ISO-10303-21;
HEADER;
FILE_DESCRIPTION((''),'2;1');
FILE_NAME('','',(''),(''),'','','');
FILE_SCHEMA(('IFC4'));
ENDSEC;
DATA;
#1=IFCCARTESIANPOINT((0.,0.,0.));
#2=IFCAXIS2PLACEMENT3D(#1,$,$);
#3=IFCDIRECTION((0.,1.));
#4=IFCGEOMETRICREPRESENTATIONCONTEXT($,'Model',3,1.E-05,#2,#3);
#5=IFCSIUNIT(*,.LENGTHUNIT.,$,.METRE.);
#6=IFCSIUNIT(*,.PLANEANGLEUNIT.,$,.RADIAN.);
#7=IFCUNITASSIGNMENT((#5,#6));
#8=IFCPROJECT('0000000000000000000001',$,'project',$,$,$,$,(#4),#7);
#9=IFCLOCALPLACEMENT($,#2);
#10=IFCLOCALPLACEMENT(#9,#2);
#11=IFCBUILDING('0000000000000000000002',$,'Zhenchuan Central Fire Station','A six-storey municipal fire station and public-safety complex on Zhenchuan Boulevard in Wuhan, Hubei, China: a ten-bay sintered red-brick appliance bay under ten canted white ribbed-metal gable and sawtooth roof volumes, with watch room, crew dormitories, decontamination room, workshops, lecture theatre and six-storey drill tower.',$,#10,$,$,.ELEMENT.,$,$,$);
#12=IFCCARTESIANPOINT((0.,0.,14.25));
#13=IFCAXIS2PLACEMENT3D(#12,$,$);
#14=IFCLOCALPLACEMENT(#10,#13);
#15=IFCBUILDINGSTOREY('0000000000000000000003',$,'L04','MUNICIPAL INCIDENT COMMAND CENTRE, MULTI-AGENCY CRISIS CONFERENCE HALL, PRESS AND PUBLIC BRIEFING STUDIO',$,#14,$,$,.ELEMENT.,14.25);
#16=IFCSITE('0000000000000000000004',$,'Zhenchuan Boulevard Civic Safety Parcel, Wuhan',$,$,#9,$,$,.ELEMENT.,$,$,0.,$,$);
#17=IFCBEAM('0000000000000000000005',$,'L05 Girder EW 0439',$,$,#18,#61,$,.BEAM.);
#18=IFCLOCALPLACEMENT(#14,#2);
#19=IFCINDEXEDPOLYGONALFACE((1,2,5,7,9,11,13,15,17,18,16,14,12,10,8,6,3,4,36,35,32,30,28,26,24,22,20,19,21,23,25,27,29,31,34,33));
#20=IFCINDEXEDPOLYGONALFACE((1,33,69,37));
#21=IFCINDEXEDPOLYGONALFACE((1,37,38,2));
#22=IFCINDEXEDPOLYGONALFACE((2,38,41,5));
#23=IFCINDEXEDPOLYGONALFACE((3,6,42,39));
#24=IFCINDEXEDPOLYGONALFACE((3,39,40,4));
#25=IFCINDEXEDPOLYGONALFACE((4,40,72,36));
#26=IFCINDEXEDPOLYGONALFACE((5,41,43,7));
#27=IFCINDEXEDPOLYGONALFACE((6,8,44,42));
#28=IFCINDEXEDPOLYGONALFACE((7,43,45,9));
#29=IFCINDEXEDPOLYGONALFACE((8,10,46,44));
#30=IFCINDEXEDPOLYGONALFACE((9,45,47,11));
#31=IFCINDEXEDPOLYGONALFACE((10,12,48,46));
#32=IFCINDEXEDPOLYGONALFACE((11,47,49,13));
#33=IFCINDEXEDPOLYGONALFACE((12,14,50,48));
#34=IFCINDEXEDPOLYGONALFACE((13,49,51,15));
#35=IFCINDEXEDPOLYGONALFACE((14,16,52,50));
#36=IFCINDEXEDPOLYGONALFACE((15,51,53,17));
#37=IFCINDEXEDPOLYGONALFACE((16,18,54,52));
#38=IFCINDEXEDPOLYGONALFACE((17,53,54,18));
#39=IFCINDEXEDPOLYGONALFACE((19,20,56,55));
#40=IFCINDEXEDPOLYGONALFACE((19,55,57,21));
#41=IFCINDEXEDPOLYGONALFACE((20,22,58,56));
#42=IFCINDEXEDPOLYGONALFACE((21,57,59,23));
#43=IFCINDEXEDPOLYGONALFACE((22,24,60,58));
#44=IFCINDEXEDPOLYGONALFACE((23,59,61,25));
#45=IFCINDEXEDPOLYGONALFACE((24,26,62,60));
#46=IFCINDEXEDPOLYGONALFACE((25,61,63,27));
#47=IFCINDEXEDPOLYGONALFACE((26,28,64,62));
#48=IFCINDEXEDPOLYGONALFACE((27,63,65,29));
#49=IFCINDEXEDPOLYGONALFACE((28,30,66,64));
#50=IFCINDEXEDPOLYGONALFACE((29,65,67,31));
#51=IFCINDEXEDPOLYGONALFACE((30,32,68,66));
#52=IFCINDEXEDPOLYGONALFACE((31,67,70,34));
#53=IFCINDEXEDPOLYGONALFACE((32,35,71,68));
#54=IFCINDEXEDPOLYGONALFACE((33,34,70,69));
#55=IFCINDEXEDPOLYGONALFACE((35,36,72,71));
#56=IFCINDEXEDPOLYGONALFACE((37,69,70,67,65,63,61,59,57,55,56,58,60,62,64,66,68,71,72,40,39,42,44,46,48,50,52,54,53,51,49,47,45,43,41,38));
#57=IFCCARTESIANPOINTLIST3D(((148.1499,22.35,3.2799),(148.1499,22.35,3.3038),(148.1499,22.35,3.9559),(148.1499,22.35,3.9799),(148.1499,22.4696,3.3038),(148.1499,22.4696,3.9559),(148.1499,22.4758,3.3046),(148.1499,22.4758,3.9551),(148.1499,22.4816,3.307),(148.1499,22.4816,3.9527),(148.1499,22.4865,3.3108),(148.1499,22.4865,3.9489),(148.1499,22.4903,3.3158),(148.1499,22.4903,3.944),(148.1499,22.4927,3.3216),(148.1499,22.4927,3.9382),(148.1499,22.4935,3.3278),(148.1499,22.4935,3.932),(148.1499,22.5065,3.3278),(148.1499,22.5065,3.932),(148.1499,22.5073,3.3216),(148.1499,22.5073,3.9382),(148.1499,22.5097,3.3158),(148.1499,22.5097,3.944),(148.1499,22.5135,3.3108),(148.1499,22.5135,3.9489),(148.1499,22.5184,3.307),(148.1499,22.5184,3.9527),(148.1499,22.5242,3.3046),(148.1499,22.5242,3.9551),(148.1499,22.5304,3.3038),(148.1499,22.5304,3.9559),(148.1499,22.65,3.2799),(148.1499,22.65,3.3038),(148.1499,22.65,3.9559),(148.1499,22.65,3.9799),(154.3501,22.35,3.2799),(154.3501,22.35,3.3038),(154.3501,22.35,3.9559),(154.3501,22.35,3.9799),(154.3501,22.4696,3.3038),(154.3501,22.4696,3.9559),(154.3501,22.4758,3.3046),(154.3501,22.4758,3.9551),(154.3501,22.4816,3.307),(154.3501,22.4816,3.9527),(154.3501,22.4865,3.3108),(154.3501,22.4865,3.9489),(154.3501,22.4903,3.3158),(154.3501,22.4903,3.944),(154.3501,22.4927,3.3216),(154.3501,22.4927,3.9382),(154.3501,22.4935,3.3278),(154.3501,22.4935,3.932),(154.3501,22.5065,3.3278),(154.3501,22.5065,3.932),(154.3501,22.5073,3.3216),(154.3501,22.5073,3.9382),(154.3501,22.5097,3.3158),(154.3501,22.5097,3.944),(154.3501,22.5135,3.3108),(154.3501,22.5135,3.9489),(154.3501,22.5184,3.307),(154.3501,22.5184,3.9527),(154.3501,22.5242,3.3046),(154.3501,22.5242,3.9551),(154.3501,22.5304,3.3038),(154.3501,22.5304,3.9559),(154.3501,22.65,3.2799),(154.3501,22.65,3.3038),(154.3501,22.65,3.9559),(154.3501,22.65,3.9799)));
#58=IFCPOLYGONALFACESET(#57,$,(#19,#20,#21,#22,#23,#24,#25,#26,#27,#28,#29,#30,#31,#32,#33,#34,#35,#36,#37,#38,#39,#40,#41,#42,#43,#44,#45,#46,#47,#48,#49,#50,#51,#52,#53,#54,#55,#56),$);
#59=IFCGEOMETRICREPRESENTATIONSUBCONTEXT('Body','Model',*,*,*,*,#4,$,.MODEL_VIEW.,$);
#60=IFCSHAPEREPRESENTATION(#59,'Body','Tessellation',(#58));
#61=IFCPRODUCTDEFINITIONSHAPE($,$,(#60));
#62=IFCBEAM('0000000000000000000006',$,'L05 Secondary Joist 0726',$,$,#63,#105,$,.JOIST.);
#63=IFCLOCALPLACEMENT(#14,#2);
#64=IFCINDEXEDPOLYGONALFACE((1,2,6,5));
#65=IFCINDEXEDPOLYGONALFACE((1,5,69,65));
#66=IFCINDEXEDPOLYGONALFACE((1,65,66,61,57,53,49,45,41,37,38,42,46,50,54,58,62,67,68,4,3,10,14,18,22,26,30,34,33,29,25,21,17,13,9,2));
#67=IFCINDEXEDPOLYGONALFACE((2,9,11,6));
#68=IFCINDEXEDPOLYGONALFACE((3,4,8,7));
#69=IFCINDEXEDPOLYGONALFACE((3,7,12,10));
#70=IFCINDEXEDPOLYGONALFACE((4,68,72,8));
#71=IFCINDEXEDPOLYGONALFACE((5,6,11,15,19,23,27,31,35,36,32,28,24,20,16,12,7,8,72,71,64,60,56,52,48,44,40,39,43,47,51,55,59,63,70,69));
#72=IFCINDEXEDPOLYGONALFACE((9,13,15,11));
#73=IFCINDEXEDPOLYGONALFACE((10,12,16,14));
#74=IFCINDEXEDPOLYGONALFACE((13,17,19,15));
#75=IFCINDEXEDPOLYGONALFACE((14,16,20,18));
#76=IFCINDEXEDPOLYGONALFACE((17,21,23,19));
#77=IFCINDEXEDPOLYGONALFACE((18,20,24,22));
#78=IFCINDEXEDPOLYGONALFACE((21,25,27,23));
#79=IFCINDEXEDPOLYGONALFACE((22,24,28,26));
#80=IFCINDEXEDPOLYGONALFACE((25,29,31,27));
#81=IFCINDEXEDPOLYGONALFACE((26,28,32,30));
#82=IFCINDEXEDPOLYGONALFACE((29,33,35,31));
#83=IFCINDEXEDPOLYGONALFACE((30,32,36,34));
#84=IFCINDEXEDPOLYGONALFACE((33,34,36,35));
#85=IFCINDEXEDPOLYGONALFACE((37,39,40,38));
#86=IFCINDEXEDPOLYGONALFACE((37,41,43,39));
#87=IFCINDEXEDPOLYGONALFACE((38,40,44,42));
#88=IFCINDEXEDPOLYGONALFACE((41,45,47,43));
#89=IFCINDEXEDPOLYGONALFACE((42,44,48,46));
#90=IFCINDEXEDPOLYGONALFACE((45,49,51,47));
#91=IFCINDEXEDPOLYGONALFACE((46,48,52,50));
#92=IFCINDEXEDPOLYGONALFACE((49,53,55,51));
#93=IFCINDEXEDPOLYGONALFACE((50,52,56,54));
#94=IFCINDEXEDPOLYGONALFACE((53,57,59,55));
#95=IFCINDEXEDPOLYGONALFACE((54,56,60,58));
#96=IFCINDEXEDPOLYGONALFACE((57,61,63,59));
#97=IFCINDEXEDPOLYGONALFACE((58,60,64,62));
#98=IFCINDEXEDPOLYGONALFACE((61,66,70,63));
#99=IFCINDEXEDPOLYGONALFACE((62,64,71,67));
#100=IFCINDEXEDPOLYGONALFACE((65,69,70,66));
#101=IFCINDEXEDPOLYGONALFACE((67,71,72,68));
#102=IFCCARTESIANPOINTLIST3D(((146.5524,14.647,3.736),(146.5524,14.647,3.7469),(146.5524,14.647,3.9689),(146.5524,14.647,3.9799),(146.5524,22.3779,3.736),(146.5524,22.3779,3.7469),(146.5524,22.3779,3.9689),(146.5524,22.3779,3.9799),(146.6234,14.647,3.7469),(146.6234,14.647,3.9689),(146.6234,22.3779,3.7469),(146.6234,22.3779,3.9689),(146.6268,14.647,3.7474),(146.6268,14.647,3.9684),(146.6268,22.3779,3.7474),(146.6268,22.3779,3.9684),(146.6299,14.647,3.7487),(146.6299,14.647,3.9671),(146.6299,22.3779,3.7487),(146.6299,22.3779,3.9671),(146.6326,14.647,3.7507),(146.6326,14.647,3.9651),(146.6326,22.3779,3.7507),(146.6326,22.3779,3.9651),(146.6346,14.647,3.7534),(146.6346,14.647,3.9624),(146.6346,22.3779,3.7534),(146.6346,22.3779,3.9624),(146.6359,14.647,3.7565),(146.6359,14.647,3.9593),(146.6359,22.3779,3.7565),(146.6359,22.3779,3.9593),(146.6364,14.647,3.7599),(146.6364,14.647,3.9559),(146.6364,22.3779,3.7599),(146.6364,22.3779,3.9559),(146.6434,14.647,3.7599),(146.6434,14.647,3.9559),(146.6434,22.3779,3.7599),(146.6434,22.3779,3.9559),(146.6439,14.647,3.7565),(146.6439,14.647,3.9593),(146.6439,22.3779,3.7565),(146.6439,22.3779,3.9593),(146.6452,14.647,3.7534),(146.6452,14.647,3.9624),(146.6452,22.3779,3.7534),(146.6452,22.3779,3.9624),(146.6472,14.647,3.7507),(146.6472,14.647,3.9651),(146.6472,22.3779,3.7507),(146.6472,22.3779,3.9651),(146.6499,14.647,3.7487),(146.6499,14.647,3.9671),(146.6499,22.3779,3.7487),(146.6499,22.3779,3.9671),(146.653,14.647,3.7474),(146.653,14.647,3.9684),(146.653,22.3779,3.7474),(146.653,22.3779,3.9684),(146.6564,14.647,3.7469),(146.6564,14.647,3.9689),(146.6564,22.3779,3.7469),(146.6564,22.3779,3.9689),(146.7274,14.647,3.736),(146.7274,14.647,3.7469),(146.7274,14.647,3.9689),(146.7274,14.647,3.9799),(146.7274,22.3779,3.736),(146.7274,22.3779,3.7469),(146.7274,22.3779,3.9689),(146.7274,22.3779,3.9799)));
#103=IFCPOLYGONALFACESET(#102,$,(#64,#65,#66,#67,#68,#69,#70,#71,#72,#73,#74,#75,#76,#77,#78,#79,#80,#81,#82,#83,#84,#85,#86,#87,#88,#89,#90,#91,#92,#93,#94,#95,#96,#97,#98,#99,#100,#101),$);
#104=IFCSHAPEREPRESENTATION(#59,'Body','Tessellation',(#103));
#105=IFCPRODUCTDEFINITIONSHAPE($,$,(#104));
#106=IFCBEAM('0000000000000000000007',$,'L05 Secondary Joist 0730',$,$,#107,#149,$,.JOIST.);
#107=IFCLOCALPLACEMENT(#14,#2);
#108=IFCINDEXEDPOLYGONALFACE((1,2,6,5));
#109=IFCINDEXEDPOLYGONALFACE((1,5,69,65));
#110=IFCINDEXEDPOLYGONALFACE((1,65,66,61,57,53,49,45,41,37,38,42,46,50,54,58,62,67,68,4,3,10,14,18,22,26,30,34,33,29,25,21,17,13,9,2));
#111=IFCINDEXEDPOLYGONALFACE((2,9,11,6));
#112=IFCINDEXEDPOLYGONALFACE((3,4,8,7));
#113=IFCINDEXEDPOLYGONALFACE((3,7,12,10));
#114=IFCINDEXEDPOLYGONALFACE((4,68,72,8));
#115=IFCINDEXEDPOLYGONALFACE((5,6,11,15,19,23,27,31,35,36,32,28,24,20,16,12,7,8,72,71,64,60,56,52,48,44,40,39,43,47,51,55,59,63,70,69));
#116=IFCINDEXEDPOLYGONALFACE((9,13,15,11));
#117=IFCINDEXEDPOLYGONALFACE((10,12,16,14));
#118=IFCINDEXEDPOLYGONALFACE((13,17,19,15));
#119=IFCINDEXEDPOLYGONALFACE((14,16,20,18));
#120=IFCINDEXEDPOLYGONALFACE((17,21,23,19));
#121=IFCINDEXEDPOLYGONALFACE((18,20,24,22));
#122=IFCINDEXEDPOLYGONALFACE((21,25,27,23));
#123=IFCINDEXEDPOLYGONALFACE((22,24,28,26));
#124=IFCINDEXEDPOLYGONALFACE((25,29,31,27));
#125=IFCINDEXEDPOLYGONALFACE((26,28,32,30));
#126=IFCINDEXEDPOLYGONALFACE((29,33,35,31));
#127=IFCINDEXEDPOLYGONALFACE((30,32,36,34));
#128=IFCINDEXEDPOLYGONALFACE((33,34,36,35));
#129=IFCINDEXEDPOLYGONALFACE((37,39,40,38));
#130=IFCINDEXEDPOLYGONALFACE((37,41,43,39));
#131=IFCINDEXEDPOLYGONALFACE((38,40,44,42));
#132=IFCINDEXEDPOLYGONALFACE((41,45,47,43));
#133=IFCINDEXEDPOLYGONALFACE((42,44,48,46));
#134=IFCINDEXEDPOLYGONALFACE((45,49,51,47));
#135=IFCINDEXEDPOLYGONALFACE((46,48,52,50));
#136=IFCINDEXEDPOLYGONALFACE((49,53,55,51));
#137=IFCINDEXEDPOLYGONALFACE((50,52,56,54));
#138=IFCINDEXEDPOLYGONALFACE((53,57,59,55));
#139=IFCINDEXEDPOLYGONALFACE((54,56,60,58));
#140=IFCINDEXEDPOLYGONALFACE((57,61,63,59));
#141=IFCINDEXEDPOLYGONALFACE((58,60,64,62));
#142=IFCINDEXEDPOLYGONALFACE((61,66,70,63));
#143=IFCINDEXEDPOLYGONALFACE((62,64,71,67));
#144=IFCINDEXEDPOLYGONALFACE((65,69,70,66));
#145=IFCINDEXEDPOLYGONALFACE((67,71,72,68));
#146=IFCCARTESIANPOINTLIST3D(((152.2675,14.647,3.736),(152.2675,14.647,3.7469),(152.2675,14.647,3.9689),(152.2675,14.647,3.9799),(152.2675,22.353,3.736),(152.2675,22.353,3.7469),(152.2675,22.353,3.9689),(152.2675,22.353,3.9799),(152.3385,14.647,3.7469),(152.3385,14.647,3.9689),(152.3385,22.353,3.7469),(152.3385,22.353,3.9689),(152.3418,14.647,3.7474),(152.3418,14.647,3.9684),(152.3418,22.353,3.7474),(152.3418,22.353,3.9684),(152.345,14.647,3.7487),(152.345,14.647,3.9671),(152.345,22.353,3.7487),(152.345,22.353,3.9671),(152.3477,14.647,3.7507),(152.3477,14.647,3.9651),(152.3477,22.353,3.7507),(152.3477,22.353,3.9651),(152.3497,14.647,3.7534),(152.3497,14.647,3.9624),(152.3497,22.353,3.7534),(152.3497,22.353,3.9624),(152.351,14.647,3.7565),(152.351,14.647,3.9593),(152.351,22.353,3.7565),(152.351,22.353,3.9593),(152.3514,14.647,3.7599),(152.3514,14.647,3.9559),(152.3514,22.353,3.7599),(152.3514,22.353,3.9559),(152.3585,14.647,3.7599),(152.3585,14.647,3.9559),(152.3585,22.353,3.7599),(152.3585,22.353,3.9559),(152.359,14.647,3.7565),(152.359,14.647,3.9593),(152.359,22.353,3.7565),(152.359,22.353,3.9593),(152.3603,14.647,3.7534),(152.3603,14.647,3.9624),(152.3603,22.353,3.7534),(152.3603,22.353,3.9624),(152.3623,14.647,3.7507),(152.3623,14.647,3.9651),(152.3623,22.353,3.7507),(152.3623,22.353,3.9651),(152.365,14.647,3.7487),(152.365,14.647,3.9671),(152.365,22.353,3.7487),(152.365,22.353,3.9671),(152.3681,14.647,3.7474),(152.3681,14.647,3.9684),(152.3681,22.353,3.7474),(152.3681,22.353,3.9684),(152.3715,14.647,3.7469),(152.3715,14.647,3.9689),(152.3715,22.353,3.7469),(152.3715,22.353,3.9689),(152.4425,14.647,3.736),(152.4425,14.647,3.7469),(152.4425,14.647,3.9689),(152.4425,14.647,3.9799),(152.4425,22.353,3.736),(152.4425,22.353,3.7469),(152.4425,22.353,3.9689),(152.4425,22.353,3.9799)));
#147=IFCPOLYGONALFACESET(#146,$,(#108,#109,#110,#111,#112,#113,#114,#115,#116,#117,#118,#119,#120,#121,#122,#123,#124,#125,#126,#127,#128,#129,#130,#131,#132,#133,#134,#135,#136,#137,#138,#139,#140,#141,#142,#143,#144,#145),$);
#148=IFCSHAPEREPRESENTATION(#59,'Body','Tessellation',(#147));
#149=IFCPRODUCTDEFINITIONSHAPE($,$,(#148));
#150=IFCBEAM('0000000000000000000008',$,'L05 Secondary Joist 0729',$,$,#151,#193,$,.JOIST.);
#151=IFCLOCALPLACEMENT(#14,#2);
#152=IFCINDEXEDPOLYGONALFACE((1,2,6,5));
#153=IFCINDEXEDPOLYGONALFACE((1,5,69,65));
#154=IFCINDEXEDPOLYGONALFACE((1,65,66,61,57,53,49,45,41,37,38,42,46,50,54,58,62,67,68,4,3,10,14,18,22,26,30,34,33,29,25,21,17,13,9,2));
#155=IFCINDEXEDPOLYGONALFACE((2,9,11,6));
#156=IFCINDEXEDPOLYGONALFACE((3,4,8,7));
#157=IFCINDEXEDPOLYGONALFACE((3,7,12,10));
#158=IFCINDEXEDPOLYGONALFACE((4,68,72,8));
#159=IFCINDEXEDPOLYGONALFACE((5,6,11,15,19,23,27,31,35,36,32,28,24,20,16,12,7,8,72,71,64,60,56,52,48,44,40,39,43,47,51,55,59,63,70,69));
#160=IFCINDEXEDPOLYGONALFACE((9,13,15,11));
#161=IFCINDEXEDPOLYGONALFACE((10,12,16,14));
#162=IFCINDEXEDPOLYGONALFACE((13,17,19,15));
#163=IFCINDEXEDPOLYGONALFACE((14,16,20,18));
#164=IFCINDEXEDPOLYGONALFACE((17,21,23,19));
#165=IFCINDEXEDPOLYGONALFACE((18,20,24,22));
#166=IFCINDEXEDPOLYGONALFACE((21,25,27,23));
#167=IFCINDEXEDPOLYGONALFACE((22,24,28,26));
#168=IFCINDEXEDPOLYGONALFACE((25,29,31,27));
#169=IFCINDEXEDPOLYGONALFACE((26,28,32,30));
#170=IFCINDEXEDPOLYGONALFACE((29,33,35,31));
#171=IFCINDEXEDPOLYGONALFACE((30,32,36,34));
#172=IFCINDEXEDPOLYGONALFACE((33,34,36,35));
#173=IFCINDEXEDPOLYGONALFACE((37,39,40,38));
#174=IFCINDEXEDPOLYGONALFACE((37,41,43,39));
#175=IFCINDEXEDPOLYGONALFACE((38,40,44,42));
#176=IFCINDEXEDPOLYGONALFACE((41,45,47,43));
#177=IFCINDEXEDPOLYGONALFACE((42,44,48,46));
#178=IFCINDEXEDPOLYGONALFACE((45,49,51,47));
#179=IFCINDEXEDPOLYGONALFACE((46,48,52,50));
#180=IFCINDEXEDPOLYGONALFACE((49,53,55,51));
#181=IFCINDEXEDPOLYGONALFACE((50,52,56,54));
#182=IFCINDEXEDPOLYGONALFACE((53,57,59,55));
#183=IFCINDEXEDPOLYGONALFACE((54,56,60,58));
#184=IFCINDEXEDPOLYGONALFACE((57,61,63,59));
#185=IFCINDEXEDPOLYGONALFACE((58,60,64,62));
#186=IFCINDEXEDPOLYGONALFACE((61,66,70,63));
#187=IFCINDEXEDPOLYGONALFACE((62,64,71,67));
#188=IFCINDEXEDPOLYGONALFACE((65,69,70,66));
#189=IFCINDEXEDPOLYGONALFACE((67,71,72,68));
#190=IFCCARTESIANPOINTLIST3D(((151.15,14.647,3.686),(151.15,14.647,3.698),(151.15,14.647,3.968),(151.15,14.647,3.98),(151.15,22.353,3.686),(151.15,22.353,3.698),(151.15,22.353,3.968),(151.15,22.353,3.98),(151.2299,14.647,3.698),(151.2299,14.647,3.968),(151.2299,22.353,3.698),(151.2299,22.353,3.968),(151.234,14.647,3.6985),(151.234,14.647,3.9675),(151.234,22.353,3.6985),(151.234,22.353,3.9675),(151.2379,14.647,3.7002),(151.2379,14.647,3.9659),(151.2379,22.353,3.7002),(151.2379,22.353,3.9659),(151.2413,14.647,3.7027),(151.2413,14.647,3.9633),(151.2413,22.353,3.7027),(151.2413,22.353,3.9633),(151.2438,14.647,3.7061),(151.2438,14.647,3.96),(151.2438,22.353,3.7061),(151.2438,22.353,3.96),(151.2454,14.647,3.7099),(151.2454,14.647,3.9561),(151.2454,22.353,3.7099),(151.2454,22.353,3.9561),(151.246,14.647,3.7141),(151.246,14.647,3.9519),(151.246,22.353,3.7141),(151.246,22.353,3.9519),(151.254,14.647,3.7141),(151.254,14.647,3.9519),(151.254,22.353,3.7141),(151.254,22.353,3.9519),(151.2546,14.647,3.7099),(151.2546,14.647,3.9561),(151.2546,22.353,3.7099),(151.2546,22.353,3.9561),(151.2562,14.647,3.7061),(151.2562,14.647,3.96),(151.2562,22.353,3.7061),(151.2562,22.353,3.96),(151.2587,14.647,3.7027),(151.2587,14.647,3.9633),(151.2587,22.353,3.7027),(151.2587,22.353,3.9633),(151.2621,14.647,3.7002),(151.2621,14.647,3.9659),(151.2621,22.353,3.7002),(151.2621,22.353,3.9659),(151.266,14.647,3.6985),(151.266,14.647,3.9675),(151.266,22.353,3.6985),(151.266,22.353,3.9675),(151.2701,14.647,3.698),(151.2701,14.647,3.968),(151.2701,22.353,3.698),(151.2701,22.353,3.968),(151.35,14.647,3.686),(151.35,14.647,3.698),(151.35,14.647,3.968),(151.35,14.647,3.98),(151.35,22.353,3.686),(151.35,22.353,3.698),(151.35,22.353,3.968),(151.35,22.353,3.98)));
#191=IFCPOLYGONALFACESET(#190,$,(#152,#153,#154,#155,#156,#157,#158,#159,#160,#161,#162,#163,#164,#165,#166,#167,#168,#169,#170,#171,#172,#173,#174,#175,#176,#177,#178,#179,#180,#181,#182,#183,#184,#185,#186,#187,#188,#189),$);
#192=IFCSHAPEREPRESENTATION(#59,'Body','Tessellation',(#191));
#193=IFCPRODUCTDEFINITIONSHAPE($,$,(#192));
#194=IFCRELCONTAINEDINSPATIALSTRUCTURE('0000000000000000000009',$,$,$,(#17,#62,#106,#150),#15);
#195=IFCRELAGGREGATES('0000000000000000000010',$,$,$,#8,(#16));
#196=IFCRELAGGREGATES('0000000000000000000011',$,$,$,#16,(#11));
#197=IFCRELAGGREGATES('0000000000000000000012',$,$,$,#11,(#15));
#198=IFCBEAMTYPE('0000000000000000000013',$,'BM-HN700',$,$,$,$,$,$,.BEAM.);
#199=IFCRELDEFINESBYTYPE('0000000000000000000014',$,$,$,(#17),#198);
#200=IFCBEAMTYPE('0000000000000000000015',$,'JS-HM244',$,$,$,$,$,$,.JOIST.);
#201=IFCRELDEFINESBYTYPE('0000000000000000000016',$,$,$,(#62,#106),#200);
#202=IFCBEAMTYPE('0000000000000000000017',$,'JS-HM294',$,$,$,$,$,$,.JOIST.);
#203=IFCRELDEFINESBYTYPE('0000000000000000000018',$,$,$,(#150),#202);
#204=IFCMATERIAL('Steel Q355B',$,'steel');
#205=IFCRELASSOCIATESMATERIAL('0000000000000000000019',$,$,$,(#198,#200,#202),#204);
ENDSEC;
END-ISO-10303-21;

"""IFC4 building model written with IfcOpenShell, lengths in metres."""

from ifc_helpers import new_model, si_unit, direction, frame, origin, origin_2d, place, context, subcontext, project, spatial, i_section, extrude, material, material_profile, profile_set, type_object, element, save


model = new_model("IFC4")

# Units and contexts
model_context = context("Model", 3, precision=1e-05, world=origin(), true_north=direction((0.0, 1.0)))
body_context = subcontext(model_context, "Body", "Model", "MODEL_VIEW")
ifc_project = project(units=[si_unit("LENGTHUNIT", "METRE"), si_unit("PLANEANGLEUNIT", "RADIAN")], contexts=[model_context])

# Site, building, storey
site_placement = place(None, origin())
site = spatial("IfcSite", under=ifc_project, at=site_placement, Name="Zhenchuan Boulevard Civic Safety Parcel, Wuhan", CompositionType="ELEMENT", RefElevation=0.0)
building_placement = place(site_placement, origin())
building = spatial("IfcBuilding", under=site, at=building_placement, Name="Zhenchuan Central Fire Station", Description="A six-storey municipal fire station and public-safety complex on Zhenchuan Boulevard in Wuhan, Hubei, China: a ten-bay sintered red-brick appliance bay under ten canted white ribbed-metal gable and sawtooth roof volumes, with watch room, crew dormitories, decontamination room, workshops, lecture theatre and six-storey drill tower.", CompositionType="ELEMENT")
storey_placement = place(building_placement, frame((0.0, 0.0, 14.25)))
storey = spatial("IfcBuildingStorey", under=building, at=storey_placement, Name="L04", Description="MUNICIPAL INCIDENT COMMAND CENTRE, MULTI-AGENCY CRISIS CONFERENCE HALL, PRESS AND PUBLIC BRIEFING STUDIO", CompositionType="ELEMENT", Elevation=14.25)

# Shared definitions
ifc_material_1 = material(Name="Steel Q355B", Category="steel")

# Beams
ifc_material_profile_1 = material_profile(ifc_material_1, i_section(OverallWidth=0.3, OverallDepth=0.7, WebThickness=0.0129, FlangeThickness=0.0239, FilletRadius=0.0239, at=origin_2d()), Name="HN 700x300")
ifc_profile_set_1 = profile_set([ifc_material_profile_1], Name="Steel Q355B")
beam_type_1 = type_object("IfcBeamType", Name="BM-HN700", PredefinedType="BEAM", material=ifc_profile_set_1)
beam_1_placement = place(storey_placement, frame((148.1499, 22.5, 3.6299), z_axis=(1.0, 0.0, 0.0), x_axis=(0.0, 1.0, 0.0)))
element("IfcBeam", 1, at=beam_1_placement, inside=storey, type_object=beam_type_1, Name="L05 Girder EW 0439", PredefinedType="BEAM", context=body_context, shape_type="SweptSolid", body=[
    extrude(i_section(OverallWidth=0.3, OverallDepth=0.7, WebThickness=0.0129, FlangeThickness=0.0239, FilletRadius=0.0239, at=origin_2d()), origin(), (0.0, 0.0, 1.0), 6.2002),
])
ifc_material_profile_2 = material_profile(ifc_material_1, i_section(OverallWidth=0.175, OverallDepth=0.2439, WebThickness=0.0071, FlangeThickness=0.011, FilletRadius=0.0129, at=origin_2d()), Name="HM 244x175")
ifc_profile_set_2 = profile_set([ifc_material_profile_2], Name="Steel Q355B")
beam_type_2 = type_object("IfcBeamType", Name="JS-HM244", PredefinedType="JOIST", material=ifc_profile_set_2)
beam_2_placement = place(storey_placement, frame((146.6399, 14.647, 3.8579), z_axis=(0.0, 1.0, 0.0), x_axis=(-1.0, 0.0, 0.0)))
element("IfcBeam", 2, at=beam_2_placement, inside=storey, type_object=beam_type_2, Name="L05 Secondary Joist 0726", PredefinedType="JOIST", context=body_context, shape_type="SweptSolid", body=[
    extrude(i_section(OverallWidth=0.175, OverallDepth=0.2439, WebThickness=0.0071, FlangeThickness=0.011, FilletRadius=0.0129, at=origin_2d()), origin(), (0.0, 0.0, 1.0), 7.731),
])
beam_3_placement = place(storey_placement, frame((152.355, 14.647, 3.8579), z_axis=(0.0, 1.0, 0.0), x_axis=(-1.0, 0.0, 0.0)))
element("IfcBeam", 3, at=beam_3_placement, inside=storey, type_object=beam_type_2, Name="L05 Secondary Joist 0730", PredefinedType="JOIST", context=body_context, shape_type="SweptSolid", body=[
    extrude(i_section(OverallWidth=0.175, OverallDepth=0.2439, WebThickness=0.0071, FlangeThickness=0.011, FilletRadius=0.0129, at=origin_2d()), origin(), (0.0, 0.0, 1.0), 7.7061),
])
ifc_material_profile_3 = material_profile(ifc_material_1, i_section(OverallWidth=0.2, OverallDepth=0.2939, WebThickness=0.0081, FlangeThickness=0.012, FilletRadius=0.0161, at=origin_2d()), Name="HM 294x200")
ifc_profile_set_3 = profile_set([ifc_material_profile_3], Name="Steel Q355B")
beam_type_3 = type_object("IfcBeamType", Name="JS-HM294", PredefinedType="JOIST", material=ifc_profile_set_3)
beam_4_placement = place(storey_placement, frame((151.25, 14.647, 3.833), z_axis=(0.0, 1.0, 0.0), x_axis=(-1.0, 0.0, 0.0)))
element("IfcBeam", 4, at=beam_4_placement, inside=storey, type_object=beam_type_3, Name="L05 Secondary Joist 0729", PredefinedType="JOIST", context=body_context, shape_type="SweptSolid", body=[
    extrude(i_section(OverallWidth=0.2, OverallDepth=0.2939, WebThickness=0.0081, FlangeThickness=0.012, FilletRadius=0.0161, at=origin_2d()), origin(), (0.0, 0.0, 1.0), 7.7061),
])

save(model, "model.ifc")
